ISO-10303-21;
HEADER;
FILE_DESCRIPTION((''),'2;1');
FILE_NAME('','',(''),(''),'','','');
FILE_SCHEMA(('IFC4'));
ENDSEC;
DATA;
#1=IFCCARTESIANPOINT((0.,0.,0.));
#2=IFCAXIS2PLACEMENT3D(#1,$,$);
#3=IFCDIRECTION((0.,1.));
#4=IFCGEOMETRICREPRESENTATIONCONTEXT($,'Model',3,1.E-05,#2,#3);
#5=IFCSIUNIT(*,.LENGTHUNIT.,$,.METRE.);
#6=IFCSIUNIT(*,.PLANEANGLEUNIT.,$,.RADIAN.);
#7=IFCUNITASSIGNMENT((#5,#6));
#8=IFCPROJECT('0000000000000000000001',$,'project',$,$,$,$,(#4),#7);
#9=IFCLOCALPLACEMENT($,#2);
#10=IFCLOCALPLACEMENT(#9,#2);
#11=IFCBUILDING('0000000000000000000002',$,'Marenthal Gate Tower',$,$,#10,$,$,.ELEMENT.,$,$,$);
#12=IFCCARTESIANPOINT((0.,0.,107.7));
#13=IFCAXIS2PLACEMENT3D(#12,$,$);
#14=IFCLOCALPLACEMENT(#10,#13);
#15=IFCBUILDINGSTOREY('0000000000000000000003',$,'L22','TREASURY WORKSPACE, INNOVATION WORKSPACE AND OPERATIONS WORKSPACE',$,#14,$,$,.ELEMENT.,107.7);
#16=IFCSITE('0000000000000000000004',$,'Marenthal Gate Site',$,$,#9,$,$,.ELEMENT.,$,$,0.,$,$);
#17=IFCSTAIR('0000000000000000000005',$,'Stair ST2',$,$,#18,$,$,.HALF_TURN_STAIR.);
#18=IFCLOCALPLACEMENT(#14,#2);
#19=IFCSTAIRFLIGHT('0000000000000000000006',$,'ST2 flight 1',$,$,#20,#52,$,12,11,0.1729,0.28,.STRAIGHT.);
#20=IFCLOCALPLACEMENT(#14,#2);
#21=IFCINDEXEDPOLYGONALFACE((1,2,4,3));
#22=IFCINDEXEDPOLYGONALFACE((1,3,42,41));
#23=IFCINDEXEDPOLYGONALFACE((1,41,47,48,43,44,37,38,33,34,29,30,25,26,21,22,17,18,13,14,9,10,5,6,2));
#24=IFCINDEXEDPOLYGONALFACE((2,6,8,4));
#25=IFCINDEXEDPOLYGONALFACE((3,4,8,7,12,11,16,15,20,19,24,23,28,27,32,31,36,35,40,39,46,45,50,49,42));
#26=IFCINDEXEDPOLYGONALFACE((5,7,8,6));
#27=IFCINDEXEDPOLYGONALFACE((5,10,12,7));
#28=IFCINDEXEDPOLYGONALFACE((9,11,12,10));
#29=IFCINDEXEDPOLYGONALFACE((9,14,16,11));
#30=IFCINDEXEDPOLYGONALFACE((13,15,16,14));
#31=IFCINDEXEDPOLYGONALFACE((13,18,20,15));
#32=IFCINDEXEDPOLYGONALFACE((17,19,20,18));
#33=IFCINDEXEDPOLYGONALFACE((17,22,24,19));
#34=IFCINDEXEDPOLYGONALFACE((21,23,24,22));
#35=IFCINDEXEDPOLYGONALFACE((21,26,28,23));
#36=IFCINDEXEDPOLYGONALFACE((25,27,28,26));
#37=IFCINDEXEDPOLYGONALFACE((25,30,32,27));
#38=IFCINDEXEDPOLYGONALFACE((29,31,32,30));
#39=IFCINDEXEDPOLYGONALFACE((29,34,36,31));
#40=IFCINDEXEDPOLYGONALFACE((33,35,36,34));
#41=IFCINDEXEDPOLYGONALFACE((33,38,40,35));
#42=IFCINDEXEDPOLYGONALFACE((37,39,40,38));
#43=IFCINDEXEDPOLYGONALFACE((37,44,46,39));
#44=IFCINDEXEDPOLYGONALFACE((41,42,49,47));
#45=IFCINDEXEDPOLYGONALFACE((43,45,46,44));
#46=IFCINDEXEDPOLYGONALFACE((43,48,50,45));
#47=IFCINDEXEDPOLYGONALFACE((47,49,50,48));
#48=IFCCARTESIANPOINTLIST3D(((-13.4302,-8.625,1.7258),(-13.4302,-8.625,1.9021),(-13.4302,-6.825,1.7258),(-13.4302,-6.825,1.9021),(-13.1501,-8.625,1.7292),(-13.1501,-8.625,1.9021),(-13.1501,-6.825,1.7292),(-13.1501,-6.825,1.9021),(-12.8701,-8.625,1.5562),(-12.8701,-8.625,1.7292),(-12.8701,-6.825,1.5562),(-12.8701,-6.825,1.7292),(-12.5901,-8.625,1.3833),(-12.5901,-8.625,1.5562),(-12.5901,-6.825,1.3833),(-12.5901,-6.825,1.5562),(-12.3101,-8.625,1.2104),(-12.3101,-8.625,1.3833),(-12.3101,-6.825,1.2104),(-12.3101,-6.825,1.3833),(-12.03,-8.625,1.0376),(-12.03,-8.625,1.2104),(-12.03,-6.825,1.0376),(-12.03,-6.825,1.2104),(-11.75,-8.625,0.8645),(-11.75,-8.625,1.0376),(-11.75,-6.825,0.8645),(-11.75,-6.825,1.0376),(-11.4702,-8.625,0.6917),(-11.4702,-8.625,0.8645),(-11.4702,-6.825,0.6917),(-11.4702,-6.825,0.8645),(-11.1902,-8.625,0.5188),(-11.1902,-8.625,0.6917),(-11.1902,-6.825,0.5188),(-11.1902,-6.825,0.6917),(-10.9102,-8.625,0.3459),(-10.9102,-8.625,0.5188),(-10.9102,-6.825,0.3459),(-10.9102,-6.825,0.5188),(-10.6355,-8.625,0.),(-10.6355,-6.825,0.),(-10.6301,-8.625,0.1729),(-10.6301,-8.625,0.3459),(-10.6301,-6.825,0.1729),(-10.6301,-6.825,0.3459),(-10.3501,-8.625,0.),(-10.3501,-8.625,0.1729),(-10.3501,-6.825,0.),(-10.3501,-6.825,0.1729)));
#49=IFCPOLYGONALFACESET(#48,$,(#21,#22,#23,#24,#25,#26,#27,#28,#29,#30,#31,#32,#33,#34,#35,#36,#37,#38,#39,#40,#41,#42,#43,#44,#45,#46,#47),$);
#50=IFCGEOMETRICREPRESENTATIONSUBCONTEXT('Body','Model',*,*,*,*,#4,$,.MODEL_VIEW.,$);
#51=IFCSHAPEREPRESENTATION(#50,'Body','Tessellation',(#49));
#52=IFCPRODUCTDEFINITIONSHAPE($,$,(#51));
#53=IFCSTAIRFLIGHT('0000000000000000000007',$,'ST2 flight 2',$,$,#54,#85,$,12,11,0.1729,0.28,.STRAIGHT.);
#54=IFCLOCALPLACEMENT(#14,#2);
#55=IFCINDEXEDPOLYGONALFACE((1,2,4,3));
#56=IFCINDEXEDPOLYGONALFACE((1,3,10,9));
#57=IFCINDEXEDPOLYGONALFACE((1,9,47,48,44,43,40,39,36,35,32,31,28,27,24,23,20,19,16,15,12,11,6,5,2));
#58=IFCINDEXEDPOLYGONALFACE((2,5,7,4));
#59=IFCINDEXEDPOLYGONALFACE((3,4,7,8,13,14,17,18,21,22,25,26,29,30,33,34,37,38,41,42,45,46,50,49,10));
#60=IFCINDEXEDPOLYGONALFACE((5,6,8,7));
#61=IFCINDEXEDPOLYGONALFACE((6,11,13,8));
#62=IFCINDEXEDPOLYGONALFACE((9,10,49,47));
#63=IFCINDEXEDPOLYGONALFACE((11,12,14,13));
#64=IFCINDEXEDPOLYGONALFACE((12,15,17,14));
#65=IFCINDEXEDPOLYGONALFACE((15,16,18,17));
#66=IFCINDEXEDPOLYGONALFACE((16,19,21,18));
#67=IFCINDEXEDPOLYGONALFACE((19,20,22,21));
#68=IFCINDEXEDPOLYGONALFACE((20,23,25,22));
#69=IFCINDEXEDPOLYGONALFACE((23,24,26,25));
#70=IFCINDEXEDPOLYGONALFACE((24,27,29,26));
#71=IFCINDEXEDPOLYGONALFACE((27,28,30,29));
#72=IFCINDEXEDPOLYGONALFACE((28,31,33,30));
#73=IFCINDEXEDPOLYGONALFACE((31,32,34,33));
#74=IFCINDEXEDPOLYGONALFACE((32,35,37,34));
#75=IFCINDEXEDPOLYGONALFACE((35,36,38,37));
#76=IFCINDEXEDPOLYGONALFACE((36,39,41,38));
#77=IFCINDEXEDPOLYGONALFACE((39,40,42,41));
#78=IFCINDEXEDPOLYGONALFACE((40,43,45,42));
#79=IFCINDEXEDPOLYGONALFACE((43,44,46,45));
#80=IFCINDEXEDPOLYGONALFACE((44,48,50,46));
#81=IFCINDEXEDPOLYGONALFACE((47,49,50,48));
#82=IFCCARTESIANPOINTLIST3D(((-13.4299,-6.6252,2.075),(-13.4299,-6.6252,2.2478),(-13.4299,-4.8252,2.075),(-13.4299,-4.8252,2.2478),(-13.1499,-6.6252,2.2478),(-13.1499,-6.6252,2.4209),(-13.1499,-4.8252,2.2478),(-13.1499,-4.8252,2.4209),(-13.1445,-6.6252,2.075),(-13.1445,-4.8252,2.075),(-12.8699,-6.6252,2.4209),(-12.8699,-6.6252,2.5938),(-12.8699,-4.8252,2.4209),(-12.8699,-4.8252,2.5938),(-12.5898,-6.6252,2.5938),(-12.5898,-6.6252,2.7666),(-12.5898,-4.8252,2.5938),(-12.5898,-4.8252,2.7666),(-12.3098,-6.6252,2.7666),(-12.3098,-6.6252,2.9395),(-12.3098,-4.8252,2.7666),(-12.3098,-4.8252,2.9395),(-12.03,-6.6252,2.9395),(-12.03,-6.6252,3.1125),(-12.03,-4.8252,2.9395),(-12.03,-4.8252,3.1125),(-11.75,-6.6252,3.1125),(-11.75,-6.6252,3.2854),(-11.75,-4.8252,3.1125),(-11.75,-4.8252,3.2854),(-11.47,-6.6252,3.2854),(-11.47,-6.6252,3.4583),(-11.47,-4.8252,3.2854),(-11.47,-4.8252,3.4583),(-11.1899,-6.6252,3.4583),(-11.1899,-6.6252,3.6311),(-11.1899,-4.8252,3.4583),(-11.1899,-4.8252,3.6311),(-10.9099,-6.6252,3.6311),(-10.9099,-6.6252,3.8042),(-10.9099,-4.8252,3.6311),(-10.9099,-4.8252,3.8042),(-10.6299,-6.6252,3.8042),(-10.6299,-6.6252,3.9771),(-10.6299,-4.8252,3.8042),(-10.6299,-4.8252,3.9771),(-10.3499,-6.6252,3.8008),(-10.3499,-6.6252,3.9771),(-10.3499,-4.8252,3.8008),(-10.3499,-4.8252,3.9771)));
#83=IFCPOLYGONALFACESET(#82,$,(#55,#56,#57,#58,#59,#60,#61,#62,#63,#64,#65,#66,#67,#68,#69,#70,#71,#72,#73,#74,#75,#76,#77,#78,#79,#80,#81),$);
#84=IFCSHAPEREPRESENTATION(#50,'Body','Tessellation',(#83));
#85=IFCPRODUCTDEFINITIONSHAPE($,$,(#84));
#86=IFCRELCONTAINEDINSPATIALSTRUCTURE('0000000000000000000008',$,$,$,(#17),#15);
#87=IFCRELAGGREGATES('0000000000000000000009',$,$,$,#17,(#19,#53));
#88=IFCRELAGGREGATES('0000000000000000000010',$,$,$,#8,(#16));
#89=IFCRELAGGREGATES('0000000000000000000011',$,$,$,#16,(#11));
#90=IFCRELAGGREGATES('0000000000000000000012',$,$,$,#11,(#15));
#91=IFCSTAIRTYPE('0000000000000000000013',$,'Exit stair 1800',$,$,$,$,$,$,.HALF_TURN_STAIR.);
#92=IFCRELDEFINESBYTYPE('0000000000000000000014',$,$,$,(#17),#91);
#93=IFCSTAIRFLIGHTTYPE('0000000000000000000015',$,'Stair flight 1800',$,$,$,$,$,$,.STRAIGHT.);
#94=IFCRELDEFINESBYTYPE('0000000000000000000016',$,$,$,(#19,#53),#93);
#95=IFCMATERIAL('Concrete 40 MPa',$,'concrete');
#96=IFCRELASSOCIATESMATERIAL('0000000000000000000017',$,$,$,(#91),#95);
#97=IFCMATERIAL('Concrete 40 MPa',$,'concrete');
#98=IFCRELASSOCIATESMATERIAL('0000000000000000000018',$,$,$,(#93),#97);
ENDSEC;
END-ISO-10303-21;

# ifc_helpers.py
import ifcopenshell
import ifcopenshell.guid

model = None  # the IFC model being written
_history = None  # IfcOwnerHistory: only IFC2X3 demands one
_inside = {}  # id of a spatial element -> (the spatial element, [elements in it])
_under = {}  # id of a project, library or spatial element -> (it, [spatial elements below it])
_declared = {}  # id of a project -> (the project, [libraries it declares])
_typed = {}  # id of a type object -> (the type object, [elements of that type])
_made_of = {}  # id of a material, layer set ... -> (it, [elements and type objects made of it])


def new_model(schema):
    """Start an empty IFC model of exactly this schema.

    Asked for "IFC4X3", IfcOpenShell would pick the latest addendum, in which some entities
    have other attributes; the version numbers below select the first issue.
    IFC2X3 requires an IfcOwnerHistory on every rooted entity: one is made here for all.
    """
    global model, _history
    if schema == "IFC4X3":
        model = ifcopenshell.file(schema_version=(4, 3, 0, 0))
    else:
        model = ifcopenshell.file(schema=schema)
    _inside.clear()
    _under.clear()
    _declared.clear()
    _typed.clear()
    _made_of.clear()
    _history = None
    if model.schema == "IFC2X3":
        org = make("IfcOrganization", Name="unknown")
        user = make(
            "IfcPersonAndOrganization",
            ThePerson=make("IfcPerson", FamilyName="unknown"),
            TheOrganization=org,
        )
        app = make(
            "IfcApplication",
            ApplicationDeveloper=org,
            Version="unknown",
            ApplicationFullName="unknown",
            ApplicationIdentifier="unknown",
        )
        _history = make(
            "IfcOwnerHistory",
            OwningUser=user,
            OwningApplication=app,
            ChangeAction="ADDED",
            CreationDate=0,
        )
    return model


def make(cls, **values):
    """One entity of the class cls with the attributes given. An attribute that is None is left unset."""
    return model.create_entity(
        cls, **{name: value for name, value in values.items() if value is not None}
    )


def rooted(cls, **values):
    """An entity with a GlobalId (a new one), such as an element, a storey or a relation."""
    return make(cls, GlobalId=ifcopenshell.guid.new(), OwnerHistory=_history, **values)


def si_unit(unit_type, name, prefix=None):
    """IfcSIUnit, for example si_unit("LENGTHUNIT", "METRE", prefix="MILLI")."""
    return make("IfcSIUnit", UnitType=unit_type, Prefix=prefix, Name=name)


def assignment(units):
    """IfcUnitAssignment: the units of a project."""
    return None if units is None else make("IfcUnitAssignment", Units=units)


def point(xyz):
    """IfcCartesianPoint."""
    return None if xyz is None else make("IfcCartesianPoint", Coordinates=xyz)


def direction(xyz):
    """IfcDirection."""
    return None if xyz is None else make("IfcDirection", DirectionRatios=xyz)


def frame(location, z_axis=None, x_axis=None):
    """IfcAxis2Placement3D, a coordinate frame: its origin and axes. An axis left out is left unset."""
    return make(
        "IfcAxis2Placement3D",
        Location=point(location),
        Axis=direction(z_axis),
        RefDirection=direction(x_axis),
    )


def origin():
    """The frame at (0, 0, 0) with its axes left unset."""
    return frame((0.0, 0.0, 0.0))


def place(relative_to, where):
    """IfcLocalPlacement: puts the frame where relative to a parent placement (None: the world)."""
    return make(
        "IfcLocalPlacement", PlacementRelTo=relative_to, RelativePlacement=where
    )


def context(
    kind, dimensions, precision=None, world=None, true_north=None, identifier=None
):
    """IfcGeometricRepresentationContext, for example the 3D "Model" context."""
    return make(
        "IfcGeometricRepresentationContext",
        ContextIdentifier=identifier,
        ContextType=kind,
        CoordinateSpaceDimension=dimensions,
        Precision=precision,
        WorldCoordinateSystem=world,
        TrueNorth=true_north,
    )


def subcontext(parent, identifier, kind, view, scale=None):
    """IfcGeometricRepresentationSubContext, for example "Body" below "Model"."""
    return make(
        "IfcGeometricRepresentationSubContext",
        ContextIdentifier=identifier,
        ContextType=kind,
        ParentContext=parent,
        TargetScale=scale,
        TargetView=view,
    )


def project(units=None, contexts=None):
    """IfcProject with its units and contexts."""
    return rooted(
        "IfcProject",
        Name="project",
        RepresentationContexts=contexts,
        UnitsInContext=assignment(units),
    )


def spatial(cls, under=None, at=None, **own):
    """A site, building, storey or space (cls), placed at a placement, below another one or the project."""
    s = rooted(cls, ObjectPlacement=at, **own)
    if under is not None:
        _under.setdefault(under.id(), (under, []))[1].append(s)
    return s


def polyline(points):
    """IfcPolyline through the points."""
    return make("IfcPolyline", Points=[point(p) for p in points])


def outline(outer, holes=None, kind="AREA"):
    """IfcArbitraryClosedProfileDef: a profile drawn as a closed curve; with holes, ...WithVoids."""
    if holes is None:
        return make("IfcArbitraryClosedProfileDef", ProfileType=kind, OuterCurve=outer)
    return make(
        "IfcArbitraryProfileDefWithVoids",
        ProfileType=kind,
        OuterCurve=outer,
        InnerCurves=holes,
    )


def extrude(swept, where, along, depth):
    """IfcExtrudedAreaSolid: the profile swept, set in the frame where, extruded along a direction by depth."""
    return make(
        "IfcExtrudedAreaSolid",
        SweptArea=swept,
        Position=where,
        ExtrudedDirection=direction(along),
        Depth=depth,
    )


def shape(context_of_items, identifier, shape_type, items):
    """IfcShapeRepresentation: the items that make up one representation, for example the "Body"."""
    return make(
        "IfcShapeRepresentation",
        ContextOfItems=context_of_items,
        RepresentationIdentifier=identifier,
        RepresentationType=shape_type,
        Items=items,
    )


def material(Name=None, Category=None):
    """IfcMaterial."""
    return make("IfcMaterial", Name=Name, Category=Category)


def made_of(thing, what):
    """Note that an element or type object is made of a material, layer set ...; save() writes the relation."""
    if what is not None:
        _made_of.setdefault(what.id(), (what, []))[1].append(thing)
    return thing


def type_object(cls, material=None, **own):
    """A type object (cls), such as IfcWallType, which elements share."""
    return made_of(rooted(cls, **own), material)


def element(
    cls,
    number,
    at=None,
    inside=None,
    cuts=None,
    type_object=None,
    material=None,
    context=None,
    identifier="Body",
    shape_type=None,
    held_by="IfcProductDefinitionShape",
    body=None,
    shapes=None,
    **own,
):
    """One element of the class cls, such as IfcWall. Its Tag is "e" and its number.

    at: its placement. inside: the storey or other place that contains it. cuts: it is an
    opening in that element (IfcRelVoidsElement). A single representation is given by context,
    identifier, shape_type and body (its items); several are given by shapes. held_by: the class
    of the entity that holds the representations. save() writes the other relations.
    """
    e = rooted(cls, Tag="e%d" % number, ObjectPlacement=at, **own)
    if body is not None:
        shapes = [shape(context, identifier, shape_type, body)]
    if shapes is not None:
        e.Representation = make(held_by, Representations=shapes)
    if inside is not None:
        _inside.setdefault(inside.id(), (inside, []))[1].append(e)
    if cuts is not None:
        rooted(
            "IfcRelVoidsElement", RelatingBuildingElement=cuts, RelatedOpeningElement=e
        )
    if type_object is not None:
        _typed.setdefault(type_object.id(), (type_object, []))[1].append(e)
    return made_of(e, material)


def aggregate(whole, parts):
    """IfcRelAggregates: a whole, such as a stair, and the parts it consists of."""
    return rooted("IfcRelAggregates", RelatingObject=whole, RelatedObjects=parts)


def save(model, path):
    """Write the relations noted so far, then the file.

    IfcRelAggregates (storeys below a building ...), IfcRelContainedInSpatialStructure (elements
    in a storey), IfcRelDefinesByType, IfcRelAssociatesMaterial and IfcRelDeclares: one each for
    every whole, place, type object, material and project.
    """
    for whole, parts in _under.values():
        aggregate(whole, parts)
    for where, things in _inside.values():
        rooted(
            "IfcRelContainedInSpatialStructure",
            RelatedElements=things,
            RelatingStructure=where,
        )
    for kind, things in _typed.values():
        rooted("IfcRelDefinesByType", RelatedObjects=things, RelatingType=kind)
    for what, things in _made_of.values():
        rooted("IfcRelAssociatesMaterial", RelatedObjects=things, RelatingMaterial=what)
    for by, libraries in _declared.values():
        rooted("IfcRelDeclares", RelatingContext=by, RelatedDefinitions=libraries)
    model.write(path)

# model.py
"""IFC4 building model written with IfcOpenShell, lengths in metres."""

from ifc_helpers import new_model, si_unit, direction, frame, origin, place, context, subcontext, project, spatial, polyline, outline, extrude, material, type_object, element, aggregate, save


model = new_model("IFC4")

# Units and contexts
model_context = context("Model", 3, precision=1e-05, world=origin(), true_north=direction((0.0, 1.0)))
body_context = subcontext(model_context, "Body", "Model", "MODEL_VIEW")
ifc_project = project(units=[si_unit("LENGTHUNIT", "METRE"), si_unit("PLANEANGLEUNIT", "RADIAN")], contexts=[model_context])

# Site, building, storey
site_placement = place(None, origin())
site = spatial("IfcSite", under=ifc_project, at=site_placement, Name="Marenthal Gate Site", CompositionType="ELEMENT", RefElevation=0.0)
building_placement = place(site_placement, origin())
building = spatial("IfcBuilding", under=site, at=building_placement, Name="Marenthal Gate Tower", CompositionType="ELEMENT")
storey_placement = place(building_placement, frame((0.0, 0.0, 107.7)))
storey = spatial("IfcBuildingStorey", under=building, at=storey_placement, Name="L22", Description="TREASURY WORKSPACE, INNOVATION WORKSPACE AND OPERATIONS WORKSPACE", CompositionType="ELEMENT", Elevation=107.7)

# Stair, stair flights
ifc_material_1 = material(Name="Concrete 40 MPa", Category="concrete")
stair_type = type_object("IfcStairType", Name="Exit stair 1800", PredefinedType="HALF_TURN_STAIR", material=ifc_material_1)
stair_placement = place(storey_placement, origin())
stair = element("IfcStair", 1, at=stair_placement, inside=storey, type_object=stair_type, Name="Stair ST2", PredefinedType="HALF_TURN_STAIR")
ifc_material_2 = material(Name="Concrete 40 MPa", Category="concrete")
stair_flight_type = type_object("IfcStairFlightType", Name="Stair flight 1800", PredefinedType="STRAIGHT", material=ifc_material_2)
stair_flight_1_placement = place(storey_placement, frame((-10.3501, -7.7251, 0.0), z_axis=(0.0, 0.0, 1.0), x_axis=(-1.0, 0.0, 0.0)))
stair_flight_1 = element("IfcStairFlight", 2, at=stair_flight_1_placement, type_object=stair_flight_type, Name="ST2 flight 1", NumberOfRisers=12, NumberOfTreads=11, PredefinedType="STRAIGHT", RiserHeight=0.1729, TreadLength=0.28, context=body_context, shape_type="SweptSolid", body=[
    extrude(outline(polyline([(0.0, 0.0), (0.0, 0.1729), (0.28, 0.1729), (0.28, 0.3459), (0.5601, 0.3459), (0.5601, 0.5188), (0.8401, 0.5188), (0.8401, 0.6917), (1.1201, 0.6917), (1.1201, 0.8645), (1.3999, 0.8645), (1.3999, 1.0376), (1.6799, 1.0376), (1.6799, 1.2104), (1.96, 1.2104), (1.96, 1.3833), (2.24, 1.3833), (2.24, 1.5562), (2.52, 1.5562), (2.52, 1.7292), (2.8, 1.7292), (2.8, 1.9021), (3.0801, 1.9021), (3.0801, 2.075), (3.0801, 1.7258), (0.2854, 0.0), (0.0, 0.0)])), frame((0.0, 0.8999, 0.0), z_axis=(0.0, -1.0, 0.0), x_axis=(1.0, 0.0, 0.0)), (0.0, 0.0, 1.0), 1.8),
])
stair_flight_2_placement = place(storey_placement, frame((-13.4299, -5.7251, 2.075), z_axis=(0.0, 0.0, 1.0), x_axis=(1.0, 0.0, 0.0)))
stair_flight_2 = element("IfcStairFlight", 3, at=stair_flight_2_placement, type_object=stair_flight_type, Name="ST2 flight 2", NumberOfRisers=12, NumberOfTreads=11, PredefinedType="STRAIGHT", RiserHeight=0.1729, TreadLength=0.28, context=body_context, shape_type="SweptSolid", body=[
    extrude(outline(polyline([(0.0, 0.0), (0.0, 0.1729), (0.28, 0.1729), (0.28, 0.3459), (0.5601, 0.3459), (0.5601, 0.5188), (0.8401, 0.5188), (0.8401, 0.6917), (1.1201, 0.6917), (1.1201, 0.8645), (1.3999, 0.8645), (1.3999, 1.0376), (1.6799, 1.0376), (1.6799, 1.2104), (1.96, 1.2104), (1.96, 1.3833), (2.24, 1.3833), (2.24, 1.5562), (2.52, 1.5562), (2.52, 1.7292), (2.8, 1.7292), (2.8, 1.9021), (3.0801, 1.9021), (3.0801, 2.075), (3.0801, 1.7258), (0.2854, 0.0), (0.0, 0.0)])), frame((0.0, 0.8999, 0.0), z_axis=(0.0, -1.0, 0.0), x_axis=(1.0, 0.0, 0.0)), (0.0, 0.0, 1.0), 1.8),
])
aggregate(stair, [stair_flight_1, stair_flight_2])

save(model, "model.ifc")
